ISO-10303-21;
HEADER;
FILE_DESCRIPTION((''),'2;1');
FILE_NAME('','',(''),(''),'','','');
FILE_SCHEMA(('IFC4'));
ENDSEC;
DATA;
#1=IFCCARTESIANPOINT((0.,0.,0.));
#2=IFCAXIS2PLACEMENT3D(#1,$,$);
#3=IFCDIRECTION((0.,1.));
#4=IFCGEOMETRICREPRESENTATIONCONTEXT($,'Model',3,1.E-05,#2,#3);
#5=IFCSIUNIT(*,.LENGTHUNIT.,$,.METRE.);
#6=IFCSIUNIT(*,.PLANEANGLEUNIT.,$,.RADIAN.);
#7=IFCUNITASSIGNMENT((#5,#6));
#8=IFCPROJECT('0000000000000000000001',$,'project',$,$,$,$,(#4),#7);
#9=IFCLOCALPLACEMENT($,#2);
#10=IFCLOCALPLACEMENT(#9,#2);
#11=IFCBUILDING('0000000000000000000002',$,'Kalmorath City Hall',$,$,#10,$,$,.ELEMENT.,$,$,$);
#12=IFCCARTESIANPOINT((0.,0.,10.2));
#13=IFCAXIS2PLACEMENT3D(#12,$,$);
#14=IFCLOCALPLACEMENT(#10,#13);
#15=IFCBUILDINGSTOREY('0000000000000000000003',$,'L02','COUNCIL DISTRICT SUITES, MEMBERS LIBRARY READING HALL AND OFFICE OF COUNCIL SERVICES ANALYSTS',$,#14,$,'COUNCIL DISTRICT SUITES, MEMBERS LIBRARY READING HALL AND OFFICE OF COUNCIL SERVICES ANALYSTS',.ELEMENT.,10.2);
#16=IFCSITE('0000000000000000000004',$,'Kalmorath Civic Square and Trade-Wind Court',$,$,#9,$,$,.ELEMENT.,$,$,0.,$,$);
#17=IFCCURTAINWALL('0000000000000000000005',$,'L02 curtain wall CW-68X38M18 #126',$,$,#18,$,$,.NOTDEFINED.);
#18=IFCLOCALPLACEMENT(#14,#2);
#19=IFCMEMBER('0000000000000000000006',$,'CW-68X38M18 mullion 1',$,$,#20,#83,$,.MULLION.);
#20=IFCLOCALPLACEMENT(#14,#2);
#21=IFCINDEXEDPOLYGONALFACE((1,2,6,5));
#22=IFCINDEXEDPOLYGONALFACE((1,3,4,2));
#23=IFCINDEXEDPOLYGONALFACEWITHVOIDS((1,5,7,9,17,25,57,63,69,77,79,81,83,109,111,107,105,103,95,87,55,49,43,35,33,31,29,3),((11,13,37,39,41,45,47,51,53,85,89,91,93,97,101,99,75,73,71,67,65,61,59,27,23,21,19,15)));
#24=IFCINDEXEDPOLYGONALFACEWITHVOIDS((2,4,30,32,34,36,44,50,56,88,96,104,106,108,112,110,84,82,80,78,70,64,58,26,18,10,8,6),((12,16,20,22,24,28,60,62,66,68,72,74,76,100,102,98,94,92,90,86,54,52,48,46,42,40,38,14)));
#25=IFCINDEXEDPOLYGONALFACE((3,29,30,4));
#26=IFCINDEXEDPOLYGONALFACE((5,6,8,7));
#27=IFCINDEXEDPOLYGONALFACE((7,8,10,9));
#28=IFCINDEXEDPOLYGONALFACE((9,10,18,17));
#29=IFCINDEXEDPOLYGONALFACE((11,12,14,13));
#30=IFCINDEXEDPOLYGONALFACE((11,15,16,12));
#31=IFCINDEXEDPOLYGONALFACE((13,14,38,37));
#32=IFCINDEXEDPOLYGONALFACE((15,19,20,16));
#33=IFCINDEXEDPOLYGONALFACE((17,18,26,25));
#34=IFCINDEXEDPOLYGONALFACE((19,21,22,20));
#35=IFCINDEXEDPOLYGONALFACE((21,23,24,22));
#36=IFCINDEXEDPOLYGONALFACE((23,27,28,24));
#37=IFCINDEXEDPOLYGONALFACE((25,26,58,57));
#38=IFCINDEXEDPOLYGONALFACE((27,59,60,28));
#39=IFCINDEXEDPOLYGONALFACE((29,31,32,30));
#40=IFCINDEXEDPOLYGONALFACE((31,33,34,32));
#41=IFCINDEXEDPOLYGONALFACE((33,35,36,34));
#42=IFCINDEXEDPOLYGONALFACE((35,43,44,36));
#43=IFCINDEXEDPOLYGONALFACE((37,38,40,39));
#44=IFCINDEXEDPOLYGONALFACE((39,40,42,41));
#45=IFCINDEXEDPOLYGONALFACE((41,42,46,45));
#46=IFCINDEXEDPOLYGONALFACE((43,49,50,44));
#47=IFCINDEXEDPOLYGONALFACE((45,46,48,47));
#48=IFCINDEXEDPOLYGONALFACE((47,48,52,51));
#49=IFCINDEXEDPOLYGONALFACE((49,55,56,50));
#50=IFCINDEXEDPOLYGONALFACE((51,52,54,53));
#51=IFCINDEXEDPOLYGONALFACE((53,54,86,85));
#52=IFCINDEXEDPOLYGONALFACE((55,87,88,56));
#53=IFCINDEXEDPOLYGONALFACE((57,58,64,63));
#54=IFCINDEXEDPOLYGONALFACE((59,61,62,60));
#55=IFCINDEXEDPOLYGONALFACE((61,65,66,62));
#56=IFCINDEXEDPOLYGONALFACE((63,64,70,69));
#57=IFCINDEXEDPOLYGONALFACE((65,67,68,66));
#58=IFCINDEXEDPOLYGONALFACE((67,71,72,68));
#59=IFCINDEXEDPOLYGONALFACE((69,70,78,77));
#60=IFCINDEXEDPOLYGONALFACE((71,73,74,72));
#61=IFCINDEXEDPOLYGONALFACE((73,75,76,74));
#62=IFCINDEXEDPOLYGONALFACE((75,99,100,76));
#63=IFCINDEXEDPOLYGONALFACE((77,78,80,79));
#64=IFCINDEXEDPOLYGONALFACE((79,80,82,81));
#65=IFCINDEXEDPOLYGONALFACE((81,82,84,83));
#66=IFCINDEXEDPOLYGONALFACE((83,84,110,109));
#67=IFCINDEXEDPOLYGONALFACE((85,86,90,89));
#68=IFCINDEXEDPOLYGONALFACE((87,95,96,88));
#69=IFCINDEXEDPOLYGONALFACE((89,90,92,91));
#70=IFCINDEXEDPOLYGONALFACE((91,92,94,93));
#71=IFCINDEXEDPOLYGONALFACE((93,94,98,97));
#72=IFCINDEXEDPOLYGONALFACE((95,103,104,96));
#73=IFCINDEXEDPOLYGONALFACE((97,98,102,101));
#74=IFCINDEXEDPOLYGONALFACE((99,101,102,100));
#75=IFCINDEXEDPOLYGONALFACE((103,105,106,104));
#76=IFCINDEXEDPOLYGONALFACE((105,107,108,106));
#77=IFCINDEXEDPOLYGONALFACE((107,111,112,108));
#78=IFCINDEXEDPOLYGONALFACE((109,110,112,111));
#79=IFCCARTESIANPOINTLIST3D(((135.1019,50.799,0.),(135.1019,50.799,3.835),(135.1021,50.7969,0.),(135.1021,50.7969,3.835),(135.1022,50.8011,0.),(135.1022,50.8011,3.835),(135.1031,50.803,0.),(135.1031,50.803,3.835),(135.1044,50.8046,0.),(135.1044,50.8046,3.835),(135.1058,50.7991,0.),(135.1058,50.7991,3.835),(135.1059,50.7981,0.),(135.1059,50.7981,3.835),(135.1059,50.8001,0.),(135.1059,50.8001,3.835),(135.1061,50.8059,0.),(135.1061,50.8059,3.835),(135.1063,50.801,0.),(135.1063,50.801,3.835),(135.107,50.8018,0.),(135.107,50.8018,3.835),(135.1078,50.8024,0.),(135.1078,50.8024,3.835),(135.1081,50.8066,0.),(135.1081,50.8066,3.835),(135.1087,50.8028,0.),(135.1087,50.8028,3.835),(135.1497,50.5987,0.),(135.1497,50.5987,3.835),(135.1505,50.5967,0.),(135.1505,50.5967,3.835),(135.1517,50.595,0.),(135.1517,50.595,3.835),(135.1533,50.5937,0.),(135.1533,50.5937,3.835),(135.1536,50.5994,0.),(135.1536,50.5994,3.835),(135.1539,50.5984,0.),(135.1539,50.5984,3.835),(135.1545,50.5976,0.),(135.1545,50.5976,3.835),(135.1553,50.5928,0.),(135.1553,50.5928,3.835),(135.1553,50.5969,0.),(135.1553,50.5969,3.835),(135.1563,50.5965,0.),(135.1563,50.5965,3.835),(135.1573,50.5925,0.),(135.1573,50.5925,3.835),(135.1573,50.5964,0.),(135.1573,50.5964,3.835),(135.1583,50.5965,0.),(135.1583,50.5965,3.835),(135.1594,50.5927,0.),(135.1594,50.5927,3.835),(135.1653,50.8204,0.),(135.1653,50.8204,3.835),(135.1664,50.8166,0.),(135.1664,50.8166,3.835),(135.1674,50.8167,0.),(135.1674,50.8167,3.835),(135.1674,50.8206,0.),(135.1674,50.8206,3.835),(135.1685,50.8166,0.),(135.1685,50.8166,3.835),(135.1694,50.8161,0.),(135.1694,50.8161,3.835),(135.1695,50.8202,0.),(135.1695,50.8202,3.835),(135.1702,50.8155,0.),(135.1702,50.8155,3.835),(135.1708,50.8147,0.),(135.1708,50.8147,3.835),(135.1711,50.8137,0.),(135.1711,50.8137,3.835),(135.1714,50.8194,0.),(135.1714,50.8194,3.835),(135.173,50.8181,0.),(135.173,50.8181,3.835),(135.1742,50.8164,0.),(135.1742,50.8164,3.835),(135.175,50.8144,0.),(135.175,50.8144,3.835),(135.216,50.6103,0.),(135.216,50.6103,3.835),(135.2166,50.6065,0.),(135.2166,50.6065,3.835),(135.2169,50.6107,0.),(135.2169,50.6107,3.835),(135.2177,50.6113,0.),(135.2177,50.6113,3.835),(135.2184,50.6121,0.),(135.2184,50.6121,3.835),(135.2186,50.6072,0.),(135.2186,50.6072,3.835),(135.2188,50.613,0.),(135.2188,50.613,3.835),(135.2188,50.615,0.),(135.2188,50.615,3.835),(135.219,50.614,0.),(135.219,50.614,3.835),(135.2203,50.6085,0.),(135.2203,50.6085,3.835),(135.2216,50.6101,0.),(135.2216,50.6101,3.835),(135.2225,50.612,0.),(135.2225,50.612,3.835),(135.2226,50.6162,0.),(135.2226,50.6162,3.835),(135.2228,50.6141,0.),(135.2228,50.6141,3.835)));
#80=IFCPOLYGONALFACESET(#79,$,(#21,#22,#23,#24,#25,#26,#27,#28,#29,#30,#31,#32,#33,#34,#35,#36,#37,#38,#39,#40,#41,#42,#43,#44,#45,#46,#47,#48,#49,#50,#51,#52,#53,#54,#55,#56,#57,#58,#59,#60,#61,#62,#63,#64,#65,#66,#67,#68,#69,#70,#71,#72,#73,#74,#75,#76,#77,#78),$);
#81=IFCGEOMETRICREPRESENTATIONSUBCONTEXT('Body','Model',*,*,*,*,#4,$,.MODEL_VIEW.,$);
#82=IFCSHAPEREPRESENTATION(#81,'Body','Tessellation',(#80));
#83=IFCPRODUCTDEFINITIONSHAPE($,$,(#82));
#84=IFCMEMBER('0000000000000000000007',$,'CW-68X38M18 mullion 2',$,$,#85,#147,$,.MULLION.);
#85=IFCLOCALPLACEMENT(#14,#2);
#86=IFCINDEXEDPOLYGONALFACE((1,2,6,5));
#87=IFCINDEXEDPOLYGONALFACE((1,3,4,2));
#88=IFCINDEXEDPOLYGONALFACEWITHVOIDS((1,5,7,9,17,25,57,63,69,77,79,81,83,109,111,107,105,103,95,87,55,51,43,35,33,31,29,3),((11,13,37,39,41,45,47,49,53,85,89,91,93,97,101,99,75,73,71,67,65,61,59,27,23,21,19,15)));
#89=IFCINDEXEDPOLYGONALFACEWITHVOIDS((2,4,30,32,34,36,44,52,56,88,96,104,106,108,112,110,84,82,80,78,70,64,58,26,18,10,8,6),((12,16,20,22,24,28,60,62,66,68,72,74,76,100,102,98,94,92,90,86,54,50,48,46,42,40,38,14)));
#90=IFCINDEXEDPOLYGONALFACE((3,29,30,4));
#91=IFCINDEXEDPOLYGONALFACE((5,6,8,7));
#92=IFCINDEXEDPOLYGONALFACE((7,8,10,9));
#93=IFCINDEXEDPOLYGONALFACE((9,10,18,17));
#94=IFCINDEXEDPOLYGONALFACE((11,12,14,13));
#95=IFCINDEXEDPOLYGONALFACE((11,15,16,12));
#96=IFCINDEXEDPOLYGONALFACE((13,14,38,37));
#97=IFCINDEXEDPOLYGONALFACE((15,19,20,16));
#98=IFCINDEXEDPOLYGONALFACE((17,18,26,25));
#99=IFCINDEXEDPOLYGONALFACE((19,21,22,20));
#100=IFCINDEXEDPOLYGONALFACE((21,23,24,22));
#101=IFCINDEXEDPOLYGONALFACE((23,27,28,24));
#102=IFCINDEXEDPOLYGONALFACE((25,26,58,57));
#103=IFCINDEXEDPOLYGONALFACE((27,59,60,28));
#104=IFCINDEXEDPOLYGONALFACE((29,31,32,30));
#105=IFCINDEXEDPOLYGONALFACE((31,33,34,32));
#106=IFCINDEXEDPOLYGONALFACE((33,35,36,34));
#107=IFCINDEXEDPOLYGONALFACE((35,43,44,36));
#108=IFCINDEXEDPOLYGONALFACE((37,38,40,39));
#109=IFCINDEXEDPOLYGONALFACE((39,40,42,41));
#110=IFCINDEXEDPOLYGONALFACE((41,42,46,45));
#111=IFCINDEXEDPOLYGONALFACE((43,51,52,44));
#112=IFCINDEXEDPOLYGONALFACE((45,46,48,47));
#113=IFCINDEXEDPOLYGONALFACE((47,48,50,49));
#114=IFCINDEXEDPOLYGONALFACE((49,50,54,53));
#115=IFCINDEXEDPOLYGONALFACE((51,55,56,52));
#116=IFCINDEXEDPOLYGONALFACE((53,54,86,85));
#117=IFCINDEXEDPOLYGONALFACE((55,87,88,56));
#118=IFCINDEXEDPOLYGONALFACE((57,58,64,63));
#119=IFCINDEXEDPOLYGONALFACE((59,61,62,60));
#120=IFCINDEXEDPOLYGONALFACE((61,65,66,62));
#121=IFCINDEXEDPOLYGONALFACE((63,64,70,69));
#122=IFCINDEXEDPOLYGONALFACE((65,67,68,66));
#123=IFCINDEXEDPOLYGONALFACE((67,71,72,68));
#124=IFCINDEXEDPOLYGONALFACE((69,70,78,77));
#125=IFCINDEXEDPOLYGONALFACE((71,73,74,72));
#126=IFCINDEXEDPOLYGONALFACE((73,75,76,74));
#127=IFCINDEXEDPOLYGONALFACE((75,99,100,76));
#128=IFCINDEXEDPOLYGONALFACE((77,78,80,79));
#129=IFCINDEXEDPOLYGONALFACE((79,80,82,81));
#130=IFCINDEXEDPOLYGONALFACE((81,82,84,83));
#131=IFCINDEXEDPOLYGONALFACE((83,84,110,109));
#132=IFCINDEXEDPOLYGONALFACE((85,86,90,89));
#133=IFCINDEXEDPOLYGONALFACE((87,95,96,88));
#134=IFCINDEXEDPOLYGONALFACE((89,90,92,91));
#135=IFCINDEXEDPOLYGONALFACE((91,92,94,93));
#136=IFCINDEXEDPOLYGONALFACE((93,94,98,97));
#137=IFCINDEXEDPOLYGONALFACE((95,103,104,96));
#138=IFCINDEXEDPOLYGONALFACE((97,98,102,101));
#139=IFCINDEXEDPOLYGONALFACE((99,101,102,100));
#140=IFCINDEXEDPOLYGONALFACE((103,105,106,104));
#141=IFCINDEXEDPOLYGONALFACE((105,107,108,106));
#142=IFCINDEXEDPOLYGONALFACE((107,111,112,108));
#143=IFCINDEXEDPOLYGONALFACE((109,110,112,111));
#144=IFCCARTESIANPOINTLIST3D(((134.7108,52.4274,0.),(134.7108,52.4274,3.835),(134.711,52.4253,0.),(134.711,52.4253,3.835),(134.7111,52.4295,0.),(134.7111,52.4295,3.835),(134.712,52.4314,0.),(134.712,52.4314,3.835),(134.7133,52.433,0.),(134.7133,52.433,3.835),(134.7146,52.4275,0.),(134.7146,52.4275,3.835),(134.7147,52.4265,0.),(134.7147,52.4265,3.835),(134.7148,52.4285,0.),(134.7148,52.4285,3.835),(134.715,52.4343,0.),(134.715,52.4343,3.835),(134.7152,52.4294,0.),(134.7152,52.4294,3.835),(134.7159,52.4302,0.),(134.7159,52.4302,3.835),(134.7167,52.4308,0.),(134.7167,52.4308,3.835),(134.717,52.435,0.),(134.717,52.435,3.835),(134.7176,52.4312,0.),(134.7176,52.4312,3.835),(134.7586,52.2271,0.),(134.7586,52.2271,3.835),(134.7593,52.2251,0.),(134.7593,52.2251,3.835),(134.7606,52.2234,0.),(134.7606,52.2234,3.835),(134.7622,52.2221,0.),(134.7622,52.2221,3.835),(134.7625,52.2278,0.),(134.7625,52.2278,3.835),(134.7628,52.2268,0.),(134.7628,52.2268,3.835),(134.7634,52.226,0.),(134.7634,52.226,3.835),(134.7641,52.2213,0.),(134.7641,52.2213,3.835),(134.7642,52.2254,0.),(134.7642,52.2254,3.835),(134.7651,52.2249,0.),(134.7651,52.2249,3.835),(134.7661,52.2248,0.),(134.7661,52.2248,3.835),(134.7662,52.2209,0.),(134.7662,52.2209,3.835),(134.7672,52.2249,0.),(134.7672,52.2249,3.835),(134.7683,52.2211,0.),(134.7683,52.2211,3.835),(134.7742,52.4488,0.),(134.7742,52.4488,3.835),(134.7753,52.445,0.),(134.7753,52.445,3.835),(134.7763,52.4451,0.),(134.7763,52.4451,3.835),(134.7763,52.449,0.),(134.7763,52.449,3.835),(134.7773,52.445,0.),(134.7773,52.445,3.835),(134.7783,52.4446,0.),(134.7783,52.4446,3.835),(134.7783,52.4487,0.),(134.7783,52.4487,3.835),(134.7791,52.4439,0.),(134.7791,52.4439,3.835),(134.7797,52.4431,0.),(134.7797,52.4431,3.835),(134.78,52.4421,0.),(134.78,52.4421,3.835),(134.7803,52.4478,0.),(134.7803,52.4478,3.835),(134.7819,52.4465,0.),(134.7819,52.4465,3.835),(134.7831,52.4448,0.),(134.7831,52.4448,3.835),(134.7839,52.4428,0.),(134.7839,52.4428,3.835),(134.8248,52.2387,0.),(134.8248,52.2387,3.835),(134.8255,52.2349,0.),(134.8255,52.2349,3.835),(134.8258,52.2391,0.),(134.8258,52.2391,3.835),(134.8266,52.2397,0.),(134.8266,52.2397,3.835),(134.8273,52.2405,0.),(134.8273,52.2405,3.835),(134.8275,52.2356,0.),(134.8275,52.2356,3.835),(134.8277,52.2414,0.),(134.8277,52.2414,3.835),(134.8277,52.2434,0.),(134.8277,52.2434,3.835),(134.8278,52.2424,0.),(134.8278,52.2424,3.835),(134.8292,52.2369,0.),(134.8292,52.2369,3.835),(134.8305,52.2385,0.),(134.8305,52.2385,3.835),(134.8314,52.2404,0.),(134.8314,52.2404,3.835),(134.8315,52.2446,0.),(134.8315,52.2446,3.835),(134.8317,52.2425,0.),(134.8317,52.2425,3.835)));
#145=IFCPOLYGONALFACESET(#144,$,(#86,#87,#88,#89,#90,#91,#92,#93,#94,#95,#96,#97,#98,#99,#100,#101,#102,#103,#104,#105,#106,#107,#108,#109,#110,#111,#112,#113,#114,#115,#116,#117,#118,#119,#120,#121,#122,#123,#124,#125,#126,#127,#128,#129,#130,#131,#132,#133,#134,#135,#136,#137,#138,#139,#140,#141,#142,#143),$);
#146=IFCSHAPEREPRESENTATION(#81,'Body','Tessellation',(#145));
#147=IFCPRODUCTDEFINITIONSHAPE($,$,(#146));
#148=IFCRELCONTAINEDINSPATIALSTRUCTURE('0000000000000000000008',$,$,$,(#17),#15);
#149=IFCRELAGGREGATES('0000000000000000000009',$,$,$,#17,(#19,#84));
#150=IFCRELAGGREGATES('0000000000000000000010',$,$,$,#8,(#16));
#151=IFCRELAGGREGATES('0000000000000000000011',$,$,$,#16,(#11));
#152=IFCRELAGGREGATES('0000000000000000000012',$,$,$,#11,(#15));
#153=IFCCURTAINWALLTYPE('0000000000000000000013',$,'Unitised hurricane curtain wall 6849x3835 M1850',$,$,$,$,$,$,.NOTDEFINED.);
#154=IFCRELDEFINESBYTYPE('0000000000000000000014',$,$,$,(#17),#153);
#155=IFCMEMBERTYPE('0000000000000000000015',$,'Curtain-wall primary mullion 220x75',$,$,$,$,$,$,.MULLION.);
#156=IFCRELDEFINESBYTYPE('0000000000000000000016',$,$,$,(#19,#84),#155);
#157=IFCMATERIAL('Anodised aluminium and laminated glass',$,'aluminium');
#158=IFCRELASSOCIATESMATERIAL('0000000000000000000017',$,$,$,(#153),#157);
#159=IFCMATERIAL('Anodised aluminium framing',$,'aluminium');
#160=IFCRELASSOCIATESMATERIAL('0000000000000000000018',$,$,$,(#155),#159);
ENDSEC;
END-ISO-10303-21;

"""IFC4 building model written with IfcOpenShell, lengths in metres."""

from ifc_helpers import new_model, si_unit, direction, frame, origin, origin_2d, place, context, subcontext, project, spatial, hollow_rectangle, extrude, material, material_profile, profile_set, type_object, element, aggregate, save


model = new_model("IFC4")

# Units and contexts
model_context = context("Model", 3, precision=1e-05, world=origin(), true_north=direction((0.0, 1.0)))
body_context = subcontext(model_context, "Body", "Model", "MODEL_VIEW")
ifc_project = project(units=[si_unit("LENGTHUNIT", "METRE"), si_unit("PLANEANGLEUNIT", "RADIAN")], contexts=[model_context])

# Site, building, storey
site_placement = place(None, origin())
site = spatial("IfcSite", under=ifc_project, at=site_placement, Name="Kalmorath Civic Square and Trade-Wind Court", CompositionType="ELEMENT", RefElevation=0.0)
building_placement = place(site_placement, origin())
building = spatial("IfcBuilding", under=site, at=building_placement, Name="Kalmorath City Hall", CompositionType="ELEMENT")
storey_placement = place(building_placement, frame((0.0, 0.0, 10.2)))
storey = spatial("IfcBuildingStorey", under=building, at=storey_placement, Name="L02", Description="COUNCIL DISTRICT SUITES, MEMBERS LIBRARY READING HALL AND OFFICE OF COUNCIL SERVICES ANALYSTS", LongName="COUNCIL DISTRICT SUITES, MEMBERS LIBRARY READING HALL AND OFFICE OF COUNCIL SERVICES ANALYSTS", CompositionType="ELEMENT", Elevation=10.2)

# Curtain wall
ifc_material_1 = material(Name="Anodised aluminium and laminated glass", Category="aluminium")
curtain_wall_type = type_object("IfcCurtainWallType", Name="Unitised hurricane curtain wall 6849x3835 M1850", PredefinedType="NOTDEFINED", material=ifc_material_1)
curtain_wall_1_placement = place(storey_placement, origin())
curtain_wall_1 = element("IfcCurtainWall", 1, at=curtain_wall_1_placement, inside=storey, type_object=curtain_wall_type, Name="L02 curtain wall CW-68X38M18 #126", PredefinedType="NOTDEFINED")

# Shared definitions
ifc_material_2 = material(Name="Anodised aluminium framing", Category="aluminium")
ifc_material_profile_1 = material_profile(ifc_material_2, hollow_rectangle(XDim=0.075, YDim=0.22, WallThickness=0.0039, InnerFilletRadius=0.0039, OuterFilletRadius=0.0081, at=origin_2d()), Name="ALU-MUL-220X75X4")
ifc_profile_set_1 = profile_set([ifc_material_profile_1], Name="Anodised aluminium framing")
member_type_1 = type_object("IfcMemberType", Name="Curtain-wall primary mullion 220x75", PredefinedType="MULLION", material=ifc_profile_set_1)

# Members
member_1_placement = place(storey_placement, frame((135.1624, 50.7065, 0.0), z_axis=(0.0, 0.0, 1.0), x_axis=(-0.972367, -0.233456, 0.0)))
member_1 = element("IfcMember", 2, at=member_1_placement, type_object=member_type_1, Name="CW-68X38M18 mullion 1", PredefinedType="MULLION", context=body_context, shape_type="SweptSolid", body=[
    extrude(hollow_rectangle(XDim=0.075, YDim=0.22, WallThickness=0.0039, InnerFilletRadius=0.0039, OuterFilletRadius=0.0081, at=origin_2d()), origin(), (0.0, 0.0, 1.0), 3.835),
])
member_2_placement = place(storey_placement, frame((134.7712, 52.335, 0.0), z_axis=(0.0, 0.0, 1.0), x_axis=(-0.972367, -0.233456, 0.0)))
member_2 = element("IfcMember", 3, at=member_2_placement, type_object=member_type_1, Name="CW-68X38M18 mullion 2", PredefinedType="MULLION", context=body_context, shape_type="SweptSolid", body=[
    extrude(hollow_rectangle(XDim=0.075, YDim=0.22, WallThickness=0.0039, InnerFilletRadius=0.0039, OuterFilletRadius=0.0081, at=origin_2d()), origin(), (0.0, 0.0, 1.0), 3.835),
])

aggregate(curtain_wall_1, [member_1, member_2])

save(model, "model.ifc")
